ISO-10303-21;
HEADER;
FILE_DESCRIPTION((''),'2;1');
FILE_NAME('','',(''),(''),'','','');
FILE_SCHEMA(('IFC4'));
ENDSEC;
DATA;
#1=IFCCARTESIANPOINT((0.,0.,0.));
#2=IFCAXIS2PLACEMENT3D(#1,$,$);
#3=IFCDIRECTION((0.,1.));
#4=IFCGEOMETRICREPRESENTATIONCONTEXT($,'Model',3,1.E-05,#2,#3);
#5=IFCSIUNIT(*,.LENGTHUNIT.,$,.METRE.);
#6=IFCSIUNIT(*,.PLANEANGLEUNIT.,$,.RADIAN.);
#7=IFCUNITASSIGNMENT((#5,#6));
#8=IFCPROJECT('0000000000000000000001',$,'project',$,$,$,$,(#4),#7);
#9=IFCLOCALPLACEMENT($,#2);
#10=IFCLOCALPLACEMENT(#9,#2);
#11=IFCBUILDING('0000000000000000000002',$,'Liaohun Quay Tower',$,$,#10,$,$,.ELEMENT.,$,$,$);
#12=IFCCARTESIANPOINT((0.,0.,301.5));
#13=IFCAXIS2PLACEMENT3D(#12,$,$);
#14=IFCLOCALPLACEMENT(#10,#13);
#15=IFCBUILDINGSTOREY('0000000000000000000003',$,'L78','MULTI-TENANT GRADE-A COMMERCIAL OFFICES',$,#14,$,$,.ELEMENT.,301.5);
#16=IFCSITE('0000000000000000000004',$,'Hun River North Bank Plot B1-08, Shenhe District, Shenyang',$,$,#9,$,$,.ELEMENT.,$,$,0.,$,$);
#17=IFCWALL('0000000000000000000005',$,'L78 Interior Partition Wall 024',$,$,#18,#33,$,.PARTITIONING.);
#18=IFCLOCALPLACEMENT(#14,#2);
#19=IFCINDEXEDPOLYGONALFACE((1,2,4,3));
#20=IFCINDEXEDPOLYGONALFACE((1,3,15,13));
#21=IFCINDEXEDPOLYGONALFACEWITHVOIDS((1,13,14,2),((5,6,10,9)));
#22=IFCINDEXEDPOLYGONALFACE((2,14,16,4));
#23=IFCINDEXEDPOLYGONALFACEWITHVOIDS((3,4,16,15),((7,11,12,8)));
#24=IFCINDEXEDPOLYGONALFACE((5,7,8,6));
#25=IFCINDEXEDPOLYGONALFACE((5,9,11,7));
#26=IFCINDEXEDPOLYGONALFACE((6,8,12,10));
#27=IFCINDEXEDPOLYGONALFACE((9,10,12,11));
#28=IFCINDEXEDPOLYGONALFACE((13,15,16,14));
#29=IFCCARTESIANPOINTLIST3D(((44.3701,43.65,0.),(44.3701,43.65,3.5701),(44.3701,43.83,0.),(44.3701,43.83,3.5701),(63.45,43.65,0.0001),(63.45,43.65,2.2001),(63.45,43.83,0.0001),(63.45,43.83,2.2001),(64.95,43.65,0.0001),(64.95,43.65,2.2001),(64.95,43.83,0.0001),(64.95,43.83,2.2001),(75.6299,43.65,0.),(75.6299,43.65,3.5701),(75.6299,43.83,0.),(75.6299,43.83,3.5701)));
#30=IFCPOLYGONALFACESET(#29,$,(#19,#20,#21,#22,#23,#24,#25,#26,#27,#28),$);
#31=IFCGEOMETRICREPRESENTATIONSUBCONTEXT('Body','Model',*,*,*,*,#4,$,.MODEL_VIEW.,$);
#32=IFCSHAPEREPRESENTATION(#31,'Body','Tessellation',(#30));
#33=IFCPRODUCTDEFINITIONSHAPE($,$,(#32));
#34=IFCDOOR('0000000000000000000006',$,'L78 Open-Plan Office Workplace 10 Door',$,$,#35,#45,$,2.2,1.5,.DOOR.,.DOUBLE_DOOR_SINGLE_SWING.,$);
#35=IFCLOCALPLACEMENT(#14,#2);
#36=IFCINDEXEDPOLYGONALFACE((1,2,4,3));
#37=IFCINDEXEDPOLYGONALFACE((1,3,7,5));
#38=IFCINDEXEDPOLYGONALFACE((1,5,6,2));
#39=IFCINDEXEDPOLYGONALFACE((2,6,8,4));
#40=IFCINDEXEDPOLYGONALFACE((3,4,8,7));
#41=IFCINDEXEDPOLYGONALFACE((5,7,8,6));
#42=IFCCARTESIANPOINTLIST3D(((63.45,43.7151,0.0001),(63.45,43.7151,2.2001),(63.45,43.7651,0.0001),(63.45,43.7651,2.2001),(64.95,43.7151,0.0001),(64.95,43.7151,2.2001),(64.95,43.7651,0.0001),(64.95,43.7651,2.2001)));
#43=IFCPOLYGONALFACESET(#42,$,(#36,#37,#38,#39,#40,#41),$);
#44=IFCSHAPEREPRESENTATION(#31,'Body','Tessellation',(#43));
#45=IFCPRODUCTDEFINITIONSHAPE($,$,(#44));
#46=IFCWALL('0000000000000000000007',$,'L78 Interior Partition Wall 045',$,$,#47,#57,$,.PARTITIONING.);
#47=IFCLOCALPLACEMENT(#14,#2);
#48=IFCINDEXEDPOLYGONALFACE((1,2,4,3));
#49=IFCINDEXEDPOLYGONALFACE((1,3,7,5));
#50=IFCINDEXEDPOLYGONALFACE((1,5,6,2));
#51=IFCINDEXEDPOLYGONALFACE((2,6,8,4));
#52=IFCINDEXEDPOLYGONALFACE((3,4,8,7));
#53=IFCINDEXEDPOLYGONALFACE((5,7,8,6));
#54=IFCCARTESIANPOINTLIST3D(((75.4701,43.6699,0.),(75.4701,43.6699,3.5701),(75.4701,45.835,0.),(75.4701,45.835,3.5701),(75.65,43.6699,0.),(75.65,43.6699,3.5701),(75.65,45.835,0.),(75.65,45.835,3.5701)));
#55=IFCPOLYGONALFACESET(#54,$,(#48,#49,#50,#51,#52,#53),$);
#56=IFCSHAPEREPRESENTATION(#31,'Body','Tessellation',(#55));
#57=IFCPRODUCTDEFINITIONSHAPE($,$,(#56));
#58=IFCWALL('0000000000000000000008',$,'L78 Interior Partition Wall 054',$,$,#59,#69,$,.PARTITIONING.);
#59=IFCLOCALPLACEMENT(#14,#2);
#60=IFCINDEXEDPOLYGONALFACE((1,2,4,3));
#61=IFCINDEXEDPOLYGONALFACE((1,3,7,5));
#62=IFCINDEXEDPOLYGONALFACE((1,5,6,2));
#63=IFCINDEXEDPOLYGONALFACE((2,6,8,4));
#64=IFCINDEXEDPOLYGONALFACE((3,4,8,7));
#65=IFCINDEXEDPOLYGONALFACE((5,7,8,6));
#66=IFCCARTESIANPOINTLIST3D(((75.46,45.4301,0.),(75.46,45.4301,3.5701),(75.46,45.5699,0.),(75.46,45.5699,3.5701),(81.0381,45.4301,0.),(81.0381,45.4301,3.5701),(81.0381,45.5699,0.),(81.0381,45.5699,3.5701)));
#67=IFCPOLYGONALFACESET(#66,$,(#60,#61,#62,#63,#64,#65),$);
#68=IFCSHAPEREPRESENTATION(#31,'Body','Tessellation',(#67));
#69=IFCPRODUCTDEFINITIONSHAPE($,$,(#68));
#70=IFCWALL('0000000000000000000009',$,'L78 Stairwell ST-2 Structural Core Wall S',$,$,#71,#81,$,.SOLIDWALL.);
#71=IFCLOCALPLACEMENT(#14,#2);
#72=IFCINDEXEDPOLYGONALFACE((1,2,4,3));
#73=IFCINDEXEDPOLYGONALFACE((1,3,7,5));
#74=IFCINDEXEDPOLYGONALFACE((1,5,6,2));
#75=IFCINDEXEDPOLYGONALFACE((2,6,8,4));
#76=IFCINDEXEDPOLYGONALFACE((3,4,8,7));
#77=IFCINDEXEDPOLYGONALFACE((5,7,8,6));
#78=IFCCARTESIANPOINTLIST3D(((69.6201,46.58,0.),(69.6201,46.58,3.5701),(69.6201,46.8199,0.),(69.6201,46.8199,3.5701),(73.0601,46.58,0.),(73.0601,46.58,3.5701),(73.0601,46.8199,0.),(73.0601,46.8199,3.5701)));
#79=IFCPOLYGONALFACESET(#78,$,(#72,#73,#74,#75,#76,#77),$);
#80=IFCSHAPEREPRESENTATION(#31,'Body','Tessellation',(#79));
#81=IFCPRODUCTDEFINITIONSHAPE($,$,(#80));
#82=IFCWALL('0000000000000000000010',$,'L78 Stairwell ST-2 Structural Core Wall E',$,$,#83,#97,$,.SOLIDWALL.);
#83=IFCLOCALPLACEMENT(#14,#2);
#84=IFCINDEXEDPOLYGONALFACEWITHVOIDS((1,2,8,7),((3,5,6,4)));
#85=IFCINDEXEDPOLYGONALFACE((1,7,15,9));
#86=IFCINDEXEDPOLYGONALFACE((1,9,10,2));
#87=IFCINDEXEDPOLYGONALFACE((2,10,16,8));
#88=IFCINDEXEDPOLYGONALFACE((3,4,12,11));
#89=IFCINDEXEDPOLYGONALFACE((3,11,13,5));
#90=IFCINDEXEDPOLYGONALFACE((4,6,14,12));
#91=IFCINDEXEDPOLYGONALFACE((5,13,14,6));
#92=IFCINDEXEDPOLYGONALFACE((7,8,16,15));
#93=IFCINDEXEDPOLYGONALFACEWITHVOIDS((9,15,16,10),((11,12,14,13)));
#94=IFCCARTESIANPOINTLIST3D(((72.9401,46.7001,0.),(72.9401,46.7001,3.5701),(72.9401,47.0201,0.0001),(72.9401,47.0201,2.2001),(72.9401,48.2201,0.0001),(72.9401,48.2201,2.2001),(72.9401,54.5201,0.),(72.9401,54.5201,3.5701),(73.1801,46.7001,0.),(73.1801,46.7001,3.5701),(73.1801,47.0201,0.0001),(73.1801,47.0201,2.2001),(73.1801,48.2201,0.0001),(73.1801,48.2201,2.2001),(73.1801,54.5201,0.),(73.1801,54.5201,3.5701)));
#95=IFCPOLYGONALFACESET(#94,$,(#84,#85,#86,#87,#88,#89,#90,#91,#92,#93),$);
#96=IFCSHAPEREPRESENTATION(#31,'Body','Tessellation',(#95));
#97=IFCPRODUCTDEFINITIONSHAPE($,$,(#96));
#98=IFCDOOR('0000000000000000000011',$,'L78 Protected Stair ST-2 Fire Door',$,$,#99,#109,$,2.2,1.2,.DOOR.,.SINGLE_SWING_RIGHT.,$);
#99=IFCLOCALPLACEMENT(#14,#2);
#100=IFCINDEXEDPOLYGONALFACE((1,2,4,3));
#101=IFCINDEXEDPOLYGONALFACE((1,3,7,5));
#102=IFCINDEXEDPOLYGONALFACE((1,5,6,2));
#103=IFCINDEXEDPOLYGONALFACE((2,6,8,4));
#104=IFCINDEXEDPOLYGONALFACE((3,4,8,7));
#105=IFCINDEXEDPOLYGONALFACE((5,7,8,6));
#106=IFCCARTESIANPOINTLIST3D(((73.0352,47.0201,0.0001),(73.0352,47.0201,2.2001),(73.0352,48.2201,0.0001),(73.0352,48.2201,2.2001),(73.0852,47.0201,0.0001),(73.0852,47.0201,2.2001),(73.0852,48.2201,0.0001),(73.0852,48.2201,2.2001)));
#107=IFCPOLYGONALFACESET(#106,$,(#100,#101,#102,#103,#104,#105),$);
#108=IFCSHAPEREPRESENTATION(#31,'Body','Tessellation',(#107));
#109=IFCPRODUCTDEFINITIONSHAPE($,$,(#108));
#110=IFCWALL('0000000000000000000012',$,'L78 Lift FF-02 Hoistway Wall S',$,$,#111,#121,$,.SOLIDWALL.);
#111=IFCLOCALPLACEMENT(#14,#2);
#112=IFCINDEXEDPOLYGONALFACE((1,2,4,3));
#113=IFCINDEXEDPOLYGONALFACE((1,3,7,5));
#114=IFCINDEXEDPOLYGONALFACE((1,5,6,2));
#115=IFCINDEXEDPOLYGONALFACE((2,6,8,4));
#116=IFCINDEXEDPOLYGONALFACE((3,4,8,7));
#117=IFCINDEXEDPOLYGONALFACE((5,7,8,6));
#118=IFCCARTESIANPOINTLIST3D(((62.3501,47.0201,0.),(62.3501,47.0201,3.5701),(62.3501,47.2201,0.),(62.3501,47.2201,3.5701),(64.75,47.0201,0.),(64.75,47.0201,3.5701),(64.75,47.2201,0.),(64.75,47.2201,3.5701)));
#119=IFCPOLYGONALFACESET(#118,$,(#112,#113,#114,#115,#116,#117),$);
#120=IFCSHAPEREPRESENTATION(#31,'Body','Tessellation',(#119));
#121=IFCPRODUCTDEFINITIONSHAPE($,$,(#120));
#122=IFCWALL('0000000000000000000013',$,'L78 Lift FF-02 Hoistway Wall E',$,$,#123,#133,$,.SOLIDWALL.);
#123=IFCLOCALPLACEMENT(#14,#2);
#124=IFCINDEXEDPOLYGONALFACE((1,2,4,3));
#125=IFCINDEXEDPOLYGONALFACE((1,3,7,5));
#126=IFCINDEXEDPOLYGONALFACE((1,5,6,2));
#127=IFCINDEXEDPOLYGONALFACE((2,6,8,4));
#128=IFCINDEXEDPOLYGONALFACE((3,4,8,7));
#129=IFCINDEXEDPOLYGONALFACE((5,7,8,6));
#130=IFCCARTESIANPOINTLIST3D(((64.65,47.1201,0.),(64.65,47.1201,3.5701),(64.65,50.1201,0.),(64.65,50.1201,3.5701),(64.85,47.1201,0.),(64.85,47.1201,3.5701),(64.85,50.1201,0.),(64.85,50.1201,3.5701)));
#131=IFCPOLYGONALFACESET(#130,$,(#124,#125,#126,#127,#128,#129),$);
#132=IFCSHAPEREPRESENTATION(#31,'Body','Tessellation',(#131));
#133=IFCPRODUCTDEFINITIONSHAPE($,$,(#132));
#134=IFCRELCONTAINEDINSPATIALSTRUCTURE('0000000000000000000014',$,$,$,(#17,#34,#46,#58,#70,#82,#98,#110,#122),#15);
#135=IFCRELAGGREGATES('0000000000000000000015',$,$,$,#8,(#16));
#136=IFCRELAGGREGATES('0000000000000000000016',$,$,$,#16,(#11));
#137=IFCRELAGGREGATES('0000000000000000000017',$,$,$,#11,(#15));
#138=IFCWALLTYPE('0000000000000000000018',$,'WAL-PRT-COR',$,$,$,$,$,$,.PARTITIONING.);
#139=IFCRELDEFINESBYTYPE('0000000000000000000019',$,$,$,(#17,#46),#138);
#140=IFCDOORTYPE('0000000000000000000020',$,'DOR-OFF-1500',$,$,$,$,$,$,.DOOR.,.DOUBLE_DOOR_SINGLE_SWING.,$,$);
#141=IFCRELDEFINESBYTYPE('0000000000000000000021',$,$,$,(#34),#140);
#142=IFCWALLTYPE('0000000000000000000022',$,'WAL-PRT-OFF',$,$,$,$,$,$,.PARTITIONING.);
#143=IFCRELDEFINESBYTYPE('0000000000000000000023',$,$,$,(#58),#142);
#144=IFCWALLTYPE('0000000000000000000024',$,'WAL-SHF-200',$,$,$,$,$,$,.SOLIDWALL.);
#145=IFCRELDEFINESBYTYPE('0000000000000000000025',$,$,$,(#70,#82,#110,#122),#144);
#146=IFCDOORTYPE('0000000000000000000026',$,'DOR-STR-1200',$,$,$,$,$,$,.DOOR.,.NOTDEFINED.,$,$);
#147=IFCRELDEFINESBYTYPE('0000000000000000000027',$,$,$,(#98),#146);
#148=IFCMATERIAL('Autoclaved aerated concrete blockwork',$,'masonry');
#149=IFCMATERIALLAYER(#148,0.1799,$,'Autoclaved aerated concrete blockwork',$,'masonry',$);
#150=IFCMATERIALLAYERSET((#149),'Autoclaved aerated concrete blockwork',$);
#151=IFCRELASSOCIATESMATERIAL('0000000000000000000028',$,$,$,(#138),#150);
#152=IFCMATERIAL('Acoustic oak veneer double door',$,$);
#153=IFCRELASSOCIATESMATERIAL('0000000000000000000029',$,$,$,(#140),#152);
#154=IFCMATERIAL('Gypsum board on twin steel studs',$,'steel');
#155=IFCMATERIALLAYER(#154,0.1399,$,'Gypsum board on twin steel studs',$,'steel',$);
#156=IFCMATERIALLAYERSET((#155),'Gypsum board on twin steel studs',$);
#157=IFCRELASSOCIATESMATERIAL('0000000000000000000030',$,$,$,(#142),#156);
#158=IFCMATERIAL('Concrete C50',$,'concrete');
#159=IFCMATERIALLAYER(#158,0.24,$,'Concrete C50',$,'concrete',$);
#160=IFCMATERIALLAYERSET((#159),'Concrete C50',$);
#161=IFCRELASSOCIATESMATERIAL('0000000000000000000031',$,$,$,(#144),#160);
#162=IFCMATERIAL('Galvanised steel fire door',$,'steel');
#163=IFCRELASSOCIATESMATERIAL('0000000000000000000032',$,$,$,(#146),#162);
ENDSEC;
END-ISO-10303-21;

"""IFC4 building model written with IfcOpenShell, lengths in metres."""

from ifc_helpers import new_model, si_unit, direction, frame, frame_2d, origin, place, context, subcontext, project, spatial, rectangle, extrude, source, transform, mapped, material, layer, layer_set, type_object, element, fill, save


model = new_model("IFC4")

# Units and contexts
model_context = context("Model", 3, precision=1e-05, world=origin(), true_north=direction((0.0, 1.0)))
body_context = subcontext(model_context, "Body", "Model", "MODEL_VIEW")
ifc_project = project(units=[si_unit("LENGTHUNIT", "METRE"), si_unit("PLANEANGLEUNIT", "RADIAN")], contexts=[model_context])

# Site, building, storey
site_placement = place(None, origin())
site = spatial("IfcSite", under=ifc_project, at=site_placement, Name="Hun River North Bank Plot B1-08, Shenhe District, Shenyang", CompositionType="ELEMENT", RefElevation=0.0)
building_placement = place(site_placement, origin())
building = spatial("IfcBuilding", under=site, at=building_placement, Name="Liaohun Quay Tower", CompositionType="ELEMENT")
storey_placement = place(building_placement, frame((0.0, 0.0, 301.5)))
storey = spatial("IfcBuildingStorey", under=building, at=storey_placement, Name="L78", Description="MULTI-TENANT GRADE-A COMMERCIAL OFFICES", CompositionType="ELEMENT", Elevation=301.5)

# Shared definitions
ifc_material_1 = material(Name="Concrete C50", Category="concrete")

# Wall, opening, door
ifc_material_2 = material(Name="Autoclaved aerated concrete blockwork", Category="masonry")
ifc_layer_1 = layer(ifc_material_2, 0.1799, Name="Autoclaved aerated concrete blockwork", Category="masonry")
ifc_layer_set_1 = layer_set([ifc_layer_1], Name="Autoclaved aerated concrete blockwork")
wall_type_1 = type_object("IfcWallType", Name="WAL-PRT-COR", PredefinedType="PARTITIONING", material=ifc_layer_set_1)
wall_1_placement = place(storey_placement, frame((75.6299, 43.74, 0.0), z_axis=(0.0, 0.0, 1.0), x_axis=(-1.0, 0.0, 0.0)))
wall_1 = element("IfcWall", 1, at=wall_1_placement, inside=storey, type_object=wall_type_1, Name="L78 Interior Partition Wall 024", PredefinedType="PARTITIONING", context=body_context, shape_type="SweptSolid", body=[
    extrude(rectangle(XDim=31.2598, YDim=0.1799, at=frame_2d((15.6299, 0.0))), origin(), (0.0, 0.0, 1.0), 3.5701),
])
shared_shape_1 = source(origin(), body_context, "Body", "SweptSolid", [
    extrude(rectangle(XDim=1.5, YDim=2.2, at=frame_2d((0.75, 1.1001))), frame((0.0, 0.0999, 0.0), z_axis=(0.0, -1.0, 0.0), x_axis=(1.0, 0.0, 0.0)), (0.0, 0.0, 1.0), 0.2),
])
opening_1_placement = place(wall_1_placement, frame((10.6799, 0.0, 0.0)))
opening_1 = element("IfcOpeningElement", 2, at=opening_1_placement, cuts=wall_1, PredefinedType="OPENING", context=body_context, shape_type="MappedRepresentation", body=[
    mapped(shared_shape_1, transform((0.0, 0.0, 0.0), x_axis=(1.0, 0.0, 0.0), y_axis=(0.0, 1.0, 0.0), z_axis=(0.0, 0.0, 1.0), scale=1.0)),
])
ifc_material_3 = material(Name="Acoustic oak veneer double door")
door_type_1 = type_object("IfcDoorType", Name="DOR-OFF-1500", OperationType="DOUBLE_DOOR_SINGLE_SWING", PredefinedType="DOOR", material=ifc_material_3)
shared_shape_2 = source(origin(), body_context, "Body", "SweptSolid", [
    extrude(rectangle(XDim=1.5, YDim=2.2, at=frame_2d((0.75, 1.1001))), frame((0.0, 0.0249, 0.0), z_axis=(0.0, -1.0, 0.0), x_axis=(1.0, 0.0, 0.0)), (0.0, 0.0, 1.0), 0.05),
])
door_1_placement = place(opening_1_placement, origin())
door_1 = element("IfcDoor", 3, at=door_1_placement, inside=storey, type_object=door_type_1, Name="L78 Open-Plan Office Workplace 10 Door", OperationType="DOUBLE_DOOR_SINGLE_SWING", OverallHeight=2.2, OverallWidth=1.5, PredefinedType="DOOR", context=body_context, shape_type="MappedRepresentation", body=[
    mapped(shared_shape_2, transform((0.0, 0.0, 0.0), x_axis=(1.0, 0.0, 0.0), y_axis=(0.0, 1.0, 0.0), z_axis=(0.0, 0.0, 1.0), scale=1.0)),
])
fill(opening_1, door_1)

# Walls
wall_2_placement = place(storey_placement, frame((75.5601, 45.835, 0.0), z_axis=(0.0, 0.0, 1.0), x_axis=(0.0, -1.0, 0.0)))
element("IfcWall", 4, at=wall_2_placement, inside=storey, type_object=wall_type_1, Name="L78 Interior Partition Wall 045", PredefinedType="PARTITIONING", context=body_context, shape_type="SweptSolid", body=[
    extrude(rectangle(XDim=2.165, YDim=0.1799, at=frame_2d((1.0825, 0.0))), origin(), (0.0, 0.0, 1.0), 3.5701),
])
ifc_material_4 = material(Name="Gypsum board on twin steel studs", Category="steel")
ifc_layer_2 = layer(ifc_material_4, 0.1399, Name="Gypsum board on twin steel studs", Category="steel")
ifc_layer_set_2 = layer_set([ifc_layer_2], Name="Gypsum board on twin steel studs")
wall_type_2 = type_object("IfcWallType", Name="WAL-PRT-OFF", PredefinedType="PARTITIONING", material=ifc_layer_set_2)
wall_3_placement = place(storey_placement, frame((75.46, 45.5, 0.0), z_axis=(0.0, 0.0, 1.0), x_axis=(1.0, 0.0, 0.0)))
element("IfcWall", 5, at=wall_3_placement, inside=storey, type_object=wall_type_2, Name="L78 Interior Partition Wall 054", PredefinedType="PARTITIONING", context=body_context, shape_type="SweptSolid", body=[
    extrude(rectangle(XDim=5.5781, YDim=0.1399, at=frame_2d((2.7891, 0.0))), origin(), (0.0, 0.0, 1.0), 3.5701),
])
ifc_layer_3 = layer(ifc_material_1, 0.24, Name="Concrete C50", Category="concrete")
ifc_layer_set_3 = layer_set([ifc_layer_3], Name="Concrete C50")
wall_type_3 = type_object("IfcWallType", Name="WAL-SHF-200", PredefinedType="SOLIDWALL", material=ifc_layer_set_3)
wall_4_placement = place(storey_placement, frame((69.6201, 46.7, 0.0), z_axis=(0.0, 0.0, 1.0), x_axis=(1.0, 0.0, 0.0)))
element("IfcWall", 6, at=wall_4_placement, inside=storey, type_object=wall_type_3, Name="L78 Stairwell ST-2 Structural Core Wall S", PredefinedType="SOLIDWALL", context=body_context, shape_type="SweptSolid", body=[
    extrude(rectangle(XDim=3.4399, YDim=0.24, at=frame_2d((1.72, 0.0))), origin(), (0.0, 0.0, 1.0), 3.5701),
])

# Wall, opening, door
wall_5_placement = place(storey_placement, frame((73.0601, 46.7, 0.0), z_axis=(0.0, 0.0, 1.0), x_axis=(0.0, 1.0, 0.0)))
wall_5 = element("IfcWall", 7, at=wall_5_placement, inside=storey, type_object=wall_type_3, Name="L78 Stairwell ST-2 Structural Core Wall E", PredefinedType="SOLIDWALL", context=body_context, shape_type="SweptSolid", body=[
    extrude(rectangle(XDim=7.8201, YDim=0.24, at=frame_2d((3.9102, 0.0))), origin(), (0.0, 0.0, 1.0), 3.5701),
])
shared_shape_3 = source(origin(), body_context, "Body", "SweptSolid", [
    extrude(rectangle(XDim=1.2, YDim=2.2, at=frame_2d((0.6001, 1.1001))), frame((0.0, 0.1299, 0.0), z_axis=(0.0, -1.0, 0.0), x_axis=(1.0, 0.0, 0.0)), (0.0, 0.0, 1.0), 0.26),
])
opening_2_placement = place(wall_5_placement, frame((0.3201, 0.0, 0.0)))
opening_2 = element("IfcOpeningElement", 8, at=opening_2_placement, cuts=wall_5, PredefinedType="OPENING", context=body_context, shape_type="MappedRepresentation", body=[
    mapped(shared_shape_3, transform((0.0, 0.0, 0.0), x_axis=(1.0, 0.0, 0.0), y_axis=(0.0, 1.0, 0.0), z_axis=(0.0, 0.0, 1.0), scale=1.0)),
])
ifc_material_5 = material(Name="Galvanised steel fire door", Category="steel")
door_type_2 = type_object("IfcDoorType", Name="DOR-STR-1200", OperationType="NOTDEFINED", PredefinedType="DOOR", material=ifc_material_5)
shared_shape_4 = source(origin(), body_context, "Body", "SweptSolid", [
    extrude(rectangle(XDim=1.2, YDim=2.2, at=frame_2d((0.6001, 1.1001))), frame((0.0, 0.0249, 0.0), z_axis=(0.0, -1.0, 0.0), x_axis=(1.0, 0.0, 0.0)), (0.0, 0.0, 1.0), 0.05),
])
door_2_placement = place(opening_2_placement, origin())
door_2 = element("IfcDoor", 9, at=door_2_placement, inside=storey, type_object=door_type_2, Name="L78 Protected Stair ST-2 Fire Door", OperationType="SINGLE_SWING_RIGHT", OverallHeight=2.2, OverallWidth=1.2, PredefinedType="DOOR", context=body_context, shape_type="MappedRepresentation", body=[
    mapped(shared_shape_4, transform((0.0, 0.0, 0.0), x_axis=(1.0, 0.0, 0.0), y_axis=(0.0, 1.0, 0.0), z_axis=(0.0, 0.0, 1.0), scale=1.0)),
])
fill(opening_2, door_2)

# Walls
wall_6_placement = place(storey_placement, frame((62.3501, 47.1201, 0.0), z_axis=(0.0, 0.0, 1.0), x_axis=(1.0, 0.0, 0.0)))
element("IfcWall", 10, at=wall_6_placement, inside=storey, type_object=wall_type_3, Name="L78 Lift FF-02 Hoistway Wall S", PredefinedType="SOLIDWALL", context=body_context, shape_type="SweptSolid", body=[
    extrude(rectangle(XDim=2.3999, YDim=0.2, at=frame_2d((1.2, 0.0))), origin(), (0.0, 0.0, 1.0), 3.5701),
])
wall_7_placement = place(storey_placement, frame((64.75, 47.1201, 0.0), z_axis=(0.0, 0.0, 1.0), x_axis=(0.0, 1.0, 0.0)))
element("IfcWall", 11, at=wall_7_placement, inside=storey, type_object=wall_type_3, Name="L78 Lift FF-02 Hoistway Wall E", PredefinedType="SOLIDWALL", context=body_context, shape_type="SweptSolid", body=[
    extrude(rectangle(XDim=3.0, YDim=0.2, at=frame_2d((1.5, 0.0))), origin(), (0.0, 0.0, 1.0), 3.5701),
])

save(model, "model.ifc")
